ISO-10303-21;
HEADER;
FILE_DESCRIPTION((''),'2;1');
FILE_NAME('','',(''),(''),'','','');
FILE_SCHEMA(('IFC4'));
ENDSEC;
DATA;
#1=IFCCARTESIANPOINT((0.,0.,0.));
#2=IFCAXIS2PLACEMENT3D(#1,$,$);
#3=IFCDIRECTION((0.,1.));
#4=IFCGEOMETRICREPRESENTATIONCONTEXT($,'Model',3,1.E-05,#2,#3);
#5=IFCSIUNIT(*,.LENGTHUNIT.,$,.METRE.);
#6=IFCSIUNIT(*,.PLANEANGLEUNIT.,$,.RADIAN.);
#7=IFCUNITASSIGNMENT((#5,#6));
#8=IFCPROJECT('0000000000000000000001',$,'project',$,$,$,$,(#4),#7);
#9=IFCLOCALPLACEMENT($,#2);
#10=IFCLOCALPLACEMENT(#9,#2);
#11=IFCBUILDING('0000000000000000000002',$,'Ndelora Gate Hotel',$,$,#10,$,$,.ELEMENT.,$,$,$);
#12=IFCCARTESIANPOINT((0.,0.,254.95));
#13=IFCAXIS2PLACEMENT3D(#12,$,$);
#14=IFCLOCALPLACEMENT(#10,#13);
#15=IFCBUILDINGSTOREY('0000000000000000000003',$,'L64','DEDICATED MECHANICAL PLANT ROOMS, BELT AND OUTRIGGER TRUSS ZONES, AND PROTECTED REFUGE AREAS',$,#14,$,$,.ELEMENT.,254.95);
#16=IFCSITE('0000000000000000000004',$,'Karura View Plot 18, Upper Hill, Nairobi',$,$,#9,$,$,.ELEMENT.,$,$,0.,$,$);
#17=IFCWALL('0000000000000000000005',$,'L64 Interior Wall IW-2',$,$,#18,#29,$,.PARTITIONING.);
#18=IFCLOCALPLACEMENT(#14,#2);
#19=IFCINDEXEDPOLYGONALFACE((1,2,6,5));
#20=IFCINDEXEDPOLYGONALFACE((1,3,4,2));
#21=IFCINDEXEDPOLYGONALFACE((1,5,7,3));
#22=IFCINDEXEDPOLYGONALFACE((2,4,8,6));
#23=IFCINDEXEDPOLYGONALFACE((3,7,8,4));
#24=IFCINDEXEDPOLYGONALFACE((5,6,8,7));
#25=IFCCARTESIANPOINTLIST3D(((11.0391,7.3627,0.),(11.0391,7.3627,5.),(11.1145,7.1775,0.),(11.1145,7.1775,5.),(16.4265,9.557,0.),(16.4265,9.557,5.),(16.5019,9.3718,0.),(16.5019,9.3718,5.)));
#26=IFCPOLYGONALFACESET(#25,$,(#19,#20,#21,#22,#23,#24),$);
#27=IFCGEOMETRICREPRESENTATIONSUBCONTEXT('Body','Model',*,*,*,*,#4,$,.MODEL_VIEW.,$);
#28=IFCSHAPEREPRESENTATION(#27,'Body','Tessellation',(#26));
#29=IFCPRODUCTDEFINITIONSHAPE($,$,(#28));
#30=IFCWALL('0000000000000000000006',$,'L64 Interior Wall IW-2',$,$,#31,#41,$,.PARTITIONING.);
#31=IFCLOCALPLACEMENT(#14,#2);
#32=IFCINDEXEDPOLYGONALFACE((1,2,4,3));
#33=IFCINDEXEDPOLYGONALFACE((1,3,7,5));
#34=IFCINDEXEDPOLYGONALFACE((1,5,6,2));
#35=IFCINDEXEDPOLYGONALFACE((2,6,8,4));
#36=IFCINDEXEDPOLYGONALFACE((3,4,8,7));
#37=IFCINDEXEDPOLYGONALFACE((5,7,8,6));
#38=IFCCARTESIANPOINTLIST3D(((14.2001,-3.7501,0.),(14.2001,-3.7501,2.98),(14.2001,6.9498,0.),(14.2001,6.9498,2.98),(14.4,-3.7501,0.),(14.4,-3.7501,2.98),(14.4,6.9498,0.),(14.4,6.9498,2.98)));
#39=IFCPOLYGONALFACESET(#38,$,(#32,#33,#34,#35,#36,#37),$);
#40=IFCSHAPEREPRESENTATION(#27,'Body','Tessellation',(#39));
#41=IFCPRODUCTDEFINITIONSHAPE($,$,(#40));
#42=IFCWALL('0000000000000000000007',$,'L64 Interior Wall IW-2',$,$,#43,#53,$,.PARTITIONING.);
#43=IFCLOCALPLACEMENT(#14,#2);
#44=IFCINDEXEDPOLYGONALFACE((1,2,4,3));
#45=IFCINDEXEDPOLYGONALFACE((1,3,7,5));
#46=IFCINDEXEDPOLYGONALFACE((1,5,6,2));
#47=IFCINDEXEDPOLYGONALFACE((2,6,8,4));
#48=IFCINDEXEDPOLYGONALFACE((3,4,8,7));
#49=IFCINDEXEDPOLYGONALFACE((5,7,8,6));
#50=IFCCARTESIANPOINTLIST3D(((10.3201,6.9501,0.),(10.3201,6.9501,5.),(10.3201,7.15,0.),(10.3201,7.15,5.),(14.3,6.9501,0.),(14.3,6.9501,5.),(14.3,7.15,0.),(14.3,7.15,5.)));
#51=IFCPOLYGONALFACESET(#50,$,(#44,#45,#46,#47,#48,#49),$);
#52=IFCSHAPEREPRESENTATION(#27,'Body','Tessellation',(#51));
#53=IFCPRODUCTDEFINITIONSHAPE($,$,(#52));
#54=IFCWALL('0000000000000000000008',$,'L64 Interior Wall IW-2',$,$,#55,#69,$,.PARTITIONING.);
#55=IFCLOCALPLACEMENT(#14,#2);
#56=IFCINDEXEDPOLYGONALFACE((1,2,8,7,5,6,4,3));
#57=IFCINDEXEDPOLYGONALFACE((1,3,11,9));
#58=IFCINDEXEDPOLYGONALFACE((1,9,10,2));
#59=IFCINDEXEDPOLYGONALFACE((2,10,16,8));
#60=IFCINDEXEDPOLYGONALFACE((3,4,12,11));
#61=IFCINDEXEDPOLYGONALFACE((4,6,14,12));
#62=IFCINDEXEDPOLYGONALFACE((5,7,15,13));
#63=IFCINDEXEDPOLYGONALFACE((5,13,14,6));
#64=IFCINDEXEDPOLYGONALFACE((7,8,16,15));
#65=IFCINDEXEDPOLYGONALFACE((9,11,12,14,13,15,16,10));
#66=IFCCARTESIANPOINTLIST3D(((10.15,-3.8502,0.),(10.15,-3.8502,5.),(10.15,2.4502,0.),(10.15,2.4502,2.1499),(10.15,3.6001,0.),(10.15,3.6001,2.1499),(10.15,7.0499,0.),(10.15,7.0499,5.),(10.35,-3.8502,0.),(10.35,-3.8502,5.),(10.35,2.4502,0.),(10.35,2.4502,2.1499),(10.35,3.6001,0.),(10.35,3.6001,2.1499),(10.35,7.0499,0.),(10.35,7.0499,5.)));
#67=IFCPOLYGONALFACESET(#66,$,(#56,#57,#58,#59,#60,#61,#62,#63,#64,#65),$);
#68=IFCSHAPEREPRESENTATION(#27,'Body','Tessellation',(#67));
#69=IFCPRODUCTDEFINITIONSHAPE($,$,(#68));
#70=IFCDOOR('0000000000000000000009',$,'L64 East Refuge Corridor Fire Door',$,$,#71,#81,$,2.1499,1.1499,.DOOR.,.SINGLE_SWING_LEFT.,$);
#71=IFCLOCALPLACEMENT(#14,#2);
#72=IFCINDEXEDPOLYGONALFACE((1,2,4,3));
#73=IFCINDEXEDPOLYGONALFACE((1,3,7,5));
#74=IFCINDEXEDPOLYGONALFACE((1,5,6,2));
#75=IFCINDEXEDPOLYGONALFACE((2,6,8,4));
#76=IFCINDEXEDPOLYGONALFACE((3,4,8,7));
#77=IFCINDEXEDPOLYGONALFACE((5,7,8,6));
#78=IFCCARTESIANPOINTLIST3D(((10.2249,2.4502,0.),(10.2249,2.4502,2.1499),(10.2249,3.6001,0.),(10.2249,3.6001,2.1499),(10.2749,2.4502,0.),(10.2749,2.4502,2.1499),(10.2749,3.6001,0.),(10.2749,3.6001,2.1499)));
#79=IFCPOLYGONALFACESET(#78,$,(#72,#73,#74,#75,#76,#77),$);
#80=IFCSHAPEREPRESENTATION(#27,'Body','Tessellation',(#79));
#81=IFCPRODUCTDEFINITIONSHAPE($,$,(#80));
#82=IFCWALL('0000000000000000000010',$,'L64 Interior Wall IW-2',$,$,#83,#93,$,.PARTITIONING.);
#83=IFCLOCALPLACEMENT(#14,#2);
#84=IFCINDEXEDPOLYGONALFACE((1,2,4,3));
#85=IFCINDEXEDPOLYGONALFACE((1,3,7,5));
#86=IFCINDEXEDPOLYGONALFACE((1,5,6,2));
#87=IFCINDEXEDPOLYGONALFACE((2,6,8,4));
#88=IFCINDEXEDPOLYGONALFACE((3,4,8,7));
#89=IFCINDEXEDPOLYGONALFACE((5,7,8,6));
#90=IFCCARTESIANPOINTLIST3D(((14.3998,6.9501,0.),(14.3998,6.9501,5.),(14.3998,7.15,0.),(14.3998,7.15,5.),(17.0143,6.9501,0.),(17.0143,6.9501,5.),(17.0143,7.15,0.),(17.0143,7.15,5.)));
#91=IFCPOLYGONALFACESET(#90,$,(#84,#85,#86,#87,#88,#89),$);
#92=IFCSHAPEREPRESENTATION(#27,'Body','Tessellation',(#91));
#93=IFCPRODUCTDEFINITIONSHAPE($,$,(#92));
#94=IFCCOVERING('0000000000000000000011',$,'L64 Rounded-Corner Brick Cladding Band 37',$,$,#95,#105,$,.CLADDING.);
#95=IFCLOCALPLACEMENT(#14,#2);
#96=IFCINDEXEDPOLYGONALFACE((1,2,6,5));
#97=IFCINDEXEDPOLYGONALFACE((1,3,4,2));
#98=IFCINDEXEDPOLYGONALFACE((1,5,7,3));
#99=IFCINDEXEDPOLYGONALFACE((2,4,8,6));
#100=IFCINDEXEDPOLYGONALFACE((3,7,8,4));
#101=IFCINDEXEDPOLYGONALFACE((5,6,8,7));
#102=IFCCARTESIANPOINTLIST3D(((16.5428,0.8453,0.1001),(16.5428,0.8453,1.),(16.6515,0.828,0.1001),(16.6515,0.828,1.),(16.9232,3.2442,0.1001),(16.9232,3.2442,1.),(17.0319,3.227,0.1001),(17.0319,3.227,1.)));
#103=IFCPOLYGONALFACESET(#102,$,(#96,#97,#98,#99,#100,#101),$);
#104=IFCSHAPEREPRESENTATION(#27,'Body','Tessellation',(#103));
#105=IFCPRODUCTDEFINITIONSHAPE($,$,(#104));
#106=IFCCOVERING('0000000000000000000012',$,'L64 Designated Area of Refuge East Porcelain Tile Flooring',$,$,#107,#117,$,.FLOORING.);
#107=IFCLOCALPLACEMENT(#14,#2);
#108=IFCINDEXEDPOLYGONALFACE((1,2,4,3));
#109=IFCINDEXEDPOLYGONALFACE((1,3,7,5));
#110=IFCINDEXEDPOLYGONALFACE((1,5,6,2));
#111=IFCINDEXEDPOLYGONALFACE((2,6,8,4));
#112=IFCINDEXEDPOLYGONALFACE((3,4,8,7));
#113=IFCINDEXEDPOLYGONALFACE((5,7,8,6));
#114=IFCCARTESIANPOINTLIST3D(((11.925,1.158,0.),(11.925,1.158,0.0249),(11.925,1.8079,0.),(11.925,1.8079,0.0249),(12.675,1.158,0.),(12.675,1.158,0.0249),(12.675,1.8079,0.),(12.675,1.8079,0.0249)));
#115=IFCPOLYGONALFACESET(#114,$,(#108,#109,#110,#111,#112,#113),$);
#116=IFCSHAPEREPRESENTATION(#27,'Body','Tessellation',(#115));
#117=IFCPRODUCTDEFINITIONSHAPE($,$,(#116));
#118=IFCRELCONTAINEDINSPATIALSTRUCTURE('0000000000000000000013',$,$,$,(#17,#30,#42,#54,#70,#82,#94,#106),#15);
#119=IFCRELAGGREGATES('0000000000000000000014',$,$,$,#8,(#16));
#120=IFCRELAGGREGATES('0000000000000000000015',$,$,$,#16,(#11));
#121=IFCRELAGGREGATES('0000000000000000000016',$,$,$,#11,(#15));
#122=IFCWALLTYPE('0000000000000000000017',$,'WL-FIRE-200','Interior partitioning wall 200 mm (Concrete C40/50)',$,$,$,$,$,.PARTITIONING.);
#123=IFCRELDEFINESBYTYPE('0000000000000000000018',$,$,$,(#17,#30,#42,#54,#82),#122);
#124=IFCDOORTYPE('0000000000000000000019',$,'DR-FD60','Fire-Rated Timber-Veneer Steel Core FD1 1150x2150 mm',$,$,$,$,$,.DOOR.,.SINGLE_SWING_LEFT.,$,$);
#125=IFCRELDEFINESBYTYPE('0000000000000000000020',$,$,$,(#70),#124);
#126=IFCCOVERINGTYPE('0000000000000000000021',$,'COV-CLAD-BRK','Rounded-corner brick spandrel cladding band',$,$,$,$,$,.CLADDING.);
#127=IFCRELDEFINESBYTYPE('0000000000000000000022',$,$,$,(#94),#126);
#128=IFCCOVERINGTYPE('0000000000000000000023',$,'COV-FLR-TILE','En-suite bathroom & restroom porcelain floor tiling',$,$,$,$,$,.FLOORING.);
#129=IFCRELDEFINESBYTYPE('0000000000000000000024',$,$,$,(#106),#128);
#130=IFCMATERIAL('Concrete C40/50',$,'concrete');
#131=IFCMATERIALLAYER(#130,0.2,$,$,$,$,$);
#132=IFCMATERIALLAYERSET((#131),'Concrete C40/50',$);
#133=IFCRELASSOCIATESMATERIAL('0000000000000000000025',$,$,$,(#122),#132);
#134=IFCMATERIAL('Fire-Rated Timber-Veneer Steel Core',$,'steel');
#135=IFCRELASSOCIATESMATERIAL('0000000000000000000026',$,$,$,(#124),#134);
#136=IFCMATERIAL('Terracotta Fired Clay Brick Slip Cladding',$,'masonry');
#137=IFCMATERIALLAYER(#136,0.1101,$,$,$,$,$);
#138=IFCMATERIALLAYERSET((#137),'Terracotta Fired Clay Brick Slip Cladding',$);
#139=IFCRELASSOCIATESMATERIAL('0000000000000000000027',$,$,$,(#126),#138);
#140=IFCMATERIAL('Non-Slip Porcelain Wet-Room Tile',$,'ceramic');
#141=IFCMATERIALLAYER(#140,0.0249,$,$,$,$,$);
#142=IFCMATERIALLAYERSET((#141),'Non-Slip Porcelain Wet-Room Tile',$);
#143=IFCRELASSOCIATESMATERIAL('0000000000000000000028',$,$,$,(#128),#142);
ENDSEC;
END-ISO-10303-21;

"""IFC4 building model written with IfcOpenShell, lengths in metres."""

from ifc_helpers import new_model, si_unit, direction, frame, frame_2d, origin, origin_2d, place, context, subcontext, project, spatial, rectangle, extrude, material, layer, layer_set, type_object, element, fill, save


model = new_model("IFC4")

# Units and contexts
model_context = context("Model", 3, precision=1e-05, world=origin(), true_north=direction((0.0, 1.0)))
body_context = subcontext(model_context, "Body", "Model", "MODEL_VIEW")
ifc_project = project(units=[si_unit("LENGTHUNIT", "METRE"), si_unit("PLANEANGLEUNIT", "RADIAN")], contexts=[model_context])

# Site, building, storey
site_placement = place(None, origin())
site = spatial("IfcSite", under=ifc_project, at=site_placement, Name="Karura View Plot 18, Upper Hill, Nairobi", CompositionType="ELEMENT", RefElevation=0.0)
building_placement = place(site_placement, origin())
building = spatial("IfcBuilding", under=site, at=building_placement, Name="Ndelora Gate Hotel", CompositionType="ELEMENT")
storey_placement = place(building_placement, frame((0.0, 0.0, 254.95)))
storey = spatial("IfcBuildingStorey", under=building, at=storey_placement, Name="L64", Description="DEDICATED MECHANICAL PLANT ROOMS, BELT AND OUTRIGGER TRUSS ZONES, AND PROTECTED REFUGE AREAS", CompositionType="ELEMENT", Elevation=254.95)

# Walls
ifc_material_1 = material(Name="Concrete C40/50", Category="concrete")
ifc_layer_1 = layer(ifc_material_1, 0.2)
ifc_layer_set_1 = layer_set([ifc_layer_1], Name="Concrete C40/50")
wall_type_1 = type_object("IfcWallType", Name="WL-FIRE-200", Description="Interior partitioning wall 200 mm (Concrete C40/50)", PredefinedType="PARTITIONING", material=ifc_layer_set_1)
wall_1_placement = place(storey_placement, frame((11.0767, 7.27, 0.0), z_axis=(0.0, 0.0, 1.0), x_axis=(0.926125, 0.377216, 0.0)))
element("IfcWall", 1, at=wall_1_placement, inside=storey, type_object=wall_type_1, Name="L64 Interior Wall IW-2", PredefinedType="PARTITIONING", context=body_context, shape_type="SweptSolid", body=[
    extrude(rectangle(XDim=5.8171, YDim=0.2, at=frame_2d((2.9087, 0.0))), origin(), (0.0, 0.0, 1.0), 5.0),
])
wall_2_placement = place(storey_placement, frame((14.3, 6.95, 0.0), z_axis=(0.0, 0.0, 1.0), x_axis=(0.0, -1.0, 0.0)))
element("IfcWall", 2, at=wall_2_placement, inside=storey, type_object=wall_type_1, Name="L64 Interior Wall IW-2", PredefinedType="PARTITIONING", context=body_context, shape_type="SweptSolid", body=[
    extrude(rectangle(XDim=10.7, YDim=0.2, at=frame_2d((5.3501, 0.0))), origin(), (0.0, 0.0, 1.0), 2.98),
])
wall_3_placement = place(storey_placement, frame((14.3, 7.05, 0.0), z_axis=(0.0, 0.0, 1.0), x_axis=(-1.0, 0.0, 0.0)))
element("IfcWall", 3, at=wall_3_placement, inside=storey, type_object=wall_type_1, Name="L64 Interior Wall IW-2", PredefinedType="PARTITIONING", context=body_context, shape_type="SweptSolid", body=[
    extrude(rectangle(XDim=3.98, YDim=0.2, at=frame_2d((1.99, 0.0))), origin(), (0.0, 0.0, 1.0), 5.0),
])

# Wall, opening, door
wall_4_placement = place(storey_placement, frame((10.25, 7.05, 0.0), z_axis=(0.0, 0.0, 1.0), x_axis=(0.0, -1.0, 0.0)))
wall_4 = element("IfcWall", 4, at=wall_4_placement, inside=storey, type_object=wall_type_1, Name="L64 Interior Wall IW-2", PredefinedType="PARTITIONING", context=body_context, shape_type="SweptSolid", body=[
    extrude(rectangle(XDim=10.9001, YDim=0.2, at=frame_2d((5.4502, 0.0))), origin(), (0.0, 0.0, 1.0), 5.0),
])
opening_placement = place(wall_4_placement, frame((3.45, 0.0, 0.0)))
opening = element("IfcOpeningElement", 5, at=opening_placement, cuts=wall_4, PredefinedType="OPENING", context=body_context, shape_type="SweptSolid", body=[
    extrude(rectangle(XDim=1.1499, YDim=2.1499, at=frame_2d((0.575, 1.075))), frame((0.0, 0.1099, 0.0), z_axis=(0.0, -1.0, 0.0), x_axis=(1.0, 0.0, 0.0)), (0.0, 0.0, 1.0), 0.22),
])
ifc_material_2 = material(Name="Fire-Rated Timber-Veneer Steel Core", Category="steel")
door_type = type_object("IfcDoorType", Name="DR-FD60", Description="Fire-Rated Timber-Veneer Steel Core FD1 1150x2150 mm", OperationType="SINGLE_SWING_LEFT", PredefinedType="DOOR", material=ifc_material_2)
door_placement = place(opening_placement, origin())
door = element("IfcDoor", 6, at=door_placement, inside=storey, type_object=door_type, Name="L64 East Refuge Corridor Fire Door", OperationType="SINGLE_SWING_LEFT", OverallHeight=2.1499, OverallWidth=1.1499, PredefinedType="DOOR", context=body_context, shape_type="SweptSolid", body=[
    extrude(rectangle(XDim=1.1499, YDim=2.1499, at=frame_2d((0.575, 1.075))), frame((0.0, 0.0249, 0.0), z_axis=(0.0, -1.0, 0.0), x_axis=(1.0, 0.0, 0.0)), (0.0, 0.0, 1.0), 0.05),
])
fill(opening, door)

# Wall
wall_5_placement = place(storey_placement, frame((14.3999, 7.05, 0.0), z_axis=(0.0, 0.0, 1.0), x_axis=(1.0, 0.0, 0.0)))
element("IfcWall", 7, at=wall_5_placement, inside=storey, type_object=wall_type_1, Name="L64 Interior Wall IW-2", PredefinedType="PARTITIONING", context=body_context, shape_type="SweptSolid", body=[
    extrude(rectangle(XDim=2.6145, YDim=0.2, at=frame_2d((1.3071, 0.0))), origin(), (0.0, 0.0, 1.0), 5.0),
])

# Coverings
ifc_material_3 = material(Name="Terracotta Fired Clay Brick Slip Cladding", Category="masonry")
ifc_layer_2 = layer(ifc_material_3, 0.1101)
ifc_layer_set_2 = layer_set([ifc_layer_2], Name="Terracotta Fired Clay Brick Slip Cladding")
covering_type_1 = type_object("IfcCoveringType", Name="COV-CLAD-BRK", Description="Rounded-corner brick spandrel cladding band", PredefinedType="CLADDING", material=ifc_layer_set_2)
covering_1_placement = place(storey_placement, frame((16.7874, 2.0361, 0.1001), z_axis=(0.0, 0.0, 1.0), x_axis=(0.156607, 0.987661, 0.0)))
element("IfcCovering", 8, at=covering_1_placement, inside=storey, type_object=covering_type_1, Name="L64 Rounded-Corner Brick Cladding Band 37", PredefinedType="CLADDING", context=body_context, shape_type="SweptSolid", body=[
    extrude(rectangle(XDim=2.429, YDim=0.1101, at=origin_2d()), origin(), (0.0, 0.0, 1.0), 0.8999),
])
ifc_material_4 = material(Name="Non-Slip Porcelain Wet-Room Tile", Category="ceramic")
ifc_layer_3 = layer(ifc_material_4, 0.0249)
ifc_layer_set_3 = layer_set([ifc_layer_3], Name="Non-Slip Porcelain Wet-Room Tile")
covering_type_2 = type_object("IfcCoveringType", Name="COV-FLR-TILE", Description="En-suite bathroom & restroom porcelain floor tiling", PredefinedType="FLOORING", material=ifc_layer_set_3)
covering_2_placement = place(storey_placement, frame((12.3, 1.4829, 0.0), z_axis=(0.0, 0.0, 1.0), x_axis=(1.0, 0.0, 0.0)))
element("IfcCovering", 9, at=covering_2_placement, inside=storey, type_object=covering_type_2, Name="L64 Designated Area of Refuge East Porcelain Tile Flooring", PredefinedType="FLOORING", context=body_context, shape_type="SweptSolid", body=[
    extrude(rectangle(XDim=0.75, YDim=0.6499, at=origin_2d()), origin(), (0.0, 0.0, 1.0), 0.0249),
])

save(model, "model.ifc")
